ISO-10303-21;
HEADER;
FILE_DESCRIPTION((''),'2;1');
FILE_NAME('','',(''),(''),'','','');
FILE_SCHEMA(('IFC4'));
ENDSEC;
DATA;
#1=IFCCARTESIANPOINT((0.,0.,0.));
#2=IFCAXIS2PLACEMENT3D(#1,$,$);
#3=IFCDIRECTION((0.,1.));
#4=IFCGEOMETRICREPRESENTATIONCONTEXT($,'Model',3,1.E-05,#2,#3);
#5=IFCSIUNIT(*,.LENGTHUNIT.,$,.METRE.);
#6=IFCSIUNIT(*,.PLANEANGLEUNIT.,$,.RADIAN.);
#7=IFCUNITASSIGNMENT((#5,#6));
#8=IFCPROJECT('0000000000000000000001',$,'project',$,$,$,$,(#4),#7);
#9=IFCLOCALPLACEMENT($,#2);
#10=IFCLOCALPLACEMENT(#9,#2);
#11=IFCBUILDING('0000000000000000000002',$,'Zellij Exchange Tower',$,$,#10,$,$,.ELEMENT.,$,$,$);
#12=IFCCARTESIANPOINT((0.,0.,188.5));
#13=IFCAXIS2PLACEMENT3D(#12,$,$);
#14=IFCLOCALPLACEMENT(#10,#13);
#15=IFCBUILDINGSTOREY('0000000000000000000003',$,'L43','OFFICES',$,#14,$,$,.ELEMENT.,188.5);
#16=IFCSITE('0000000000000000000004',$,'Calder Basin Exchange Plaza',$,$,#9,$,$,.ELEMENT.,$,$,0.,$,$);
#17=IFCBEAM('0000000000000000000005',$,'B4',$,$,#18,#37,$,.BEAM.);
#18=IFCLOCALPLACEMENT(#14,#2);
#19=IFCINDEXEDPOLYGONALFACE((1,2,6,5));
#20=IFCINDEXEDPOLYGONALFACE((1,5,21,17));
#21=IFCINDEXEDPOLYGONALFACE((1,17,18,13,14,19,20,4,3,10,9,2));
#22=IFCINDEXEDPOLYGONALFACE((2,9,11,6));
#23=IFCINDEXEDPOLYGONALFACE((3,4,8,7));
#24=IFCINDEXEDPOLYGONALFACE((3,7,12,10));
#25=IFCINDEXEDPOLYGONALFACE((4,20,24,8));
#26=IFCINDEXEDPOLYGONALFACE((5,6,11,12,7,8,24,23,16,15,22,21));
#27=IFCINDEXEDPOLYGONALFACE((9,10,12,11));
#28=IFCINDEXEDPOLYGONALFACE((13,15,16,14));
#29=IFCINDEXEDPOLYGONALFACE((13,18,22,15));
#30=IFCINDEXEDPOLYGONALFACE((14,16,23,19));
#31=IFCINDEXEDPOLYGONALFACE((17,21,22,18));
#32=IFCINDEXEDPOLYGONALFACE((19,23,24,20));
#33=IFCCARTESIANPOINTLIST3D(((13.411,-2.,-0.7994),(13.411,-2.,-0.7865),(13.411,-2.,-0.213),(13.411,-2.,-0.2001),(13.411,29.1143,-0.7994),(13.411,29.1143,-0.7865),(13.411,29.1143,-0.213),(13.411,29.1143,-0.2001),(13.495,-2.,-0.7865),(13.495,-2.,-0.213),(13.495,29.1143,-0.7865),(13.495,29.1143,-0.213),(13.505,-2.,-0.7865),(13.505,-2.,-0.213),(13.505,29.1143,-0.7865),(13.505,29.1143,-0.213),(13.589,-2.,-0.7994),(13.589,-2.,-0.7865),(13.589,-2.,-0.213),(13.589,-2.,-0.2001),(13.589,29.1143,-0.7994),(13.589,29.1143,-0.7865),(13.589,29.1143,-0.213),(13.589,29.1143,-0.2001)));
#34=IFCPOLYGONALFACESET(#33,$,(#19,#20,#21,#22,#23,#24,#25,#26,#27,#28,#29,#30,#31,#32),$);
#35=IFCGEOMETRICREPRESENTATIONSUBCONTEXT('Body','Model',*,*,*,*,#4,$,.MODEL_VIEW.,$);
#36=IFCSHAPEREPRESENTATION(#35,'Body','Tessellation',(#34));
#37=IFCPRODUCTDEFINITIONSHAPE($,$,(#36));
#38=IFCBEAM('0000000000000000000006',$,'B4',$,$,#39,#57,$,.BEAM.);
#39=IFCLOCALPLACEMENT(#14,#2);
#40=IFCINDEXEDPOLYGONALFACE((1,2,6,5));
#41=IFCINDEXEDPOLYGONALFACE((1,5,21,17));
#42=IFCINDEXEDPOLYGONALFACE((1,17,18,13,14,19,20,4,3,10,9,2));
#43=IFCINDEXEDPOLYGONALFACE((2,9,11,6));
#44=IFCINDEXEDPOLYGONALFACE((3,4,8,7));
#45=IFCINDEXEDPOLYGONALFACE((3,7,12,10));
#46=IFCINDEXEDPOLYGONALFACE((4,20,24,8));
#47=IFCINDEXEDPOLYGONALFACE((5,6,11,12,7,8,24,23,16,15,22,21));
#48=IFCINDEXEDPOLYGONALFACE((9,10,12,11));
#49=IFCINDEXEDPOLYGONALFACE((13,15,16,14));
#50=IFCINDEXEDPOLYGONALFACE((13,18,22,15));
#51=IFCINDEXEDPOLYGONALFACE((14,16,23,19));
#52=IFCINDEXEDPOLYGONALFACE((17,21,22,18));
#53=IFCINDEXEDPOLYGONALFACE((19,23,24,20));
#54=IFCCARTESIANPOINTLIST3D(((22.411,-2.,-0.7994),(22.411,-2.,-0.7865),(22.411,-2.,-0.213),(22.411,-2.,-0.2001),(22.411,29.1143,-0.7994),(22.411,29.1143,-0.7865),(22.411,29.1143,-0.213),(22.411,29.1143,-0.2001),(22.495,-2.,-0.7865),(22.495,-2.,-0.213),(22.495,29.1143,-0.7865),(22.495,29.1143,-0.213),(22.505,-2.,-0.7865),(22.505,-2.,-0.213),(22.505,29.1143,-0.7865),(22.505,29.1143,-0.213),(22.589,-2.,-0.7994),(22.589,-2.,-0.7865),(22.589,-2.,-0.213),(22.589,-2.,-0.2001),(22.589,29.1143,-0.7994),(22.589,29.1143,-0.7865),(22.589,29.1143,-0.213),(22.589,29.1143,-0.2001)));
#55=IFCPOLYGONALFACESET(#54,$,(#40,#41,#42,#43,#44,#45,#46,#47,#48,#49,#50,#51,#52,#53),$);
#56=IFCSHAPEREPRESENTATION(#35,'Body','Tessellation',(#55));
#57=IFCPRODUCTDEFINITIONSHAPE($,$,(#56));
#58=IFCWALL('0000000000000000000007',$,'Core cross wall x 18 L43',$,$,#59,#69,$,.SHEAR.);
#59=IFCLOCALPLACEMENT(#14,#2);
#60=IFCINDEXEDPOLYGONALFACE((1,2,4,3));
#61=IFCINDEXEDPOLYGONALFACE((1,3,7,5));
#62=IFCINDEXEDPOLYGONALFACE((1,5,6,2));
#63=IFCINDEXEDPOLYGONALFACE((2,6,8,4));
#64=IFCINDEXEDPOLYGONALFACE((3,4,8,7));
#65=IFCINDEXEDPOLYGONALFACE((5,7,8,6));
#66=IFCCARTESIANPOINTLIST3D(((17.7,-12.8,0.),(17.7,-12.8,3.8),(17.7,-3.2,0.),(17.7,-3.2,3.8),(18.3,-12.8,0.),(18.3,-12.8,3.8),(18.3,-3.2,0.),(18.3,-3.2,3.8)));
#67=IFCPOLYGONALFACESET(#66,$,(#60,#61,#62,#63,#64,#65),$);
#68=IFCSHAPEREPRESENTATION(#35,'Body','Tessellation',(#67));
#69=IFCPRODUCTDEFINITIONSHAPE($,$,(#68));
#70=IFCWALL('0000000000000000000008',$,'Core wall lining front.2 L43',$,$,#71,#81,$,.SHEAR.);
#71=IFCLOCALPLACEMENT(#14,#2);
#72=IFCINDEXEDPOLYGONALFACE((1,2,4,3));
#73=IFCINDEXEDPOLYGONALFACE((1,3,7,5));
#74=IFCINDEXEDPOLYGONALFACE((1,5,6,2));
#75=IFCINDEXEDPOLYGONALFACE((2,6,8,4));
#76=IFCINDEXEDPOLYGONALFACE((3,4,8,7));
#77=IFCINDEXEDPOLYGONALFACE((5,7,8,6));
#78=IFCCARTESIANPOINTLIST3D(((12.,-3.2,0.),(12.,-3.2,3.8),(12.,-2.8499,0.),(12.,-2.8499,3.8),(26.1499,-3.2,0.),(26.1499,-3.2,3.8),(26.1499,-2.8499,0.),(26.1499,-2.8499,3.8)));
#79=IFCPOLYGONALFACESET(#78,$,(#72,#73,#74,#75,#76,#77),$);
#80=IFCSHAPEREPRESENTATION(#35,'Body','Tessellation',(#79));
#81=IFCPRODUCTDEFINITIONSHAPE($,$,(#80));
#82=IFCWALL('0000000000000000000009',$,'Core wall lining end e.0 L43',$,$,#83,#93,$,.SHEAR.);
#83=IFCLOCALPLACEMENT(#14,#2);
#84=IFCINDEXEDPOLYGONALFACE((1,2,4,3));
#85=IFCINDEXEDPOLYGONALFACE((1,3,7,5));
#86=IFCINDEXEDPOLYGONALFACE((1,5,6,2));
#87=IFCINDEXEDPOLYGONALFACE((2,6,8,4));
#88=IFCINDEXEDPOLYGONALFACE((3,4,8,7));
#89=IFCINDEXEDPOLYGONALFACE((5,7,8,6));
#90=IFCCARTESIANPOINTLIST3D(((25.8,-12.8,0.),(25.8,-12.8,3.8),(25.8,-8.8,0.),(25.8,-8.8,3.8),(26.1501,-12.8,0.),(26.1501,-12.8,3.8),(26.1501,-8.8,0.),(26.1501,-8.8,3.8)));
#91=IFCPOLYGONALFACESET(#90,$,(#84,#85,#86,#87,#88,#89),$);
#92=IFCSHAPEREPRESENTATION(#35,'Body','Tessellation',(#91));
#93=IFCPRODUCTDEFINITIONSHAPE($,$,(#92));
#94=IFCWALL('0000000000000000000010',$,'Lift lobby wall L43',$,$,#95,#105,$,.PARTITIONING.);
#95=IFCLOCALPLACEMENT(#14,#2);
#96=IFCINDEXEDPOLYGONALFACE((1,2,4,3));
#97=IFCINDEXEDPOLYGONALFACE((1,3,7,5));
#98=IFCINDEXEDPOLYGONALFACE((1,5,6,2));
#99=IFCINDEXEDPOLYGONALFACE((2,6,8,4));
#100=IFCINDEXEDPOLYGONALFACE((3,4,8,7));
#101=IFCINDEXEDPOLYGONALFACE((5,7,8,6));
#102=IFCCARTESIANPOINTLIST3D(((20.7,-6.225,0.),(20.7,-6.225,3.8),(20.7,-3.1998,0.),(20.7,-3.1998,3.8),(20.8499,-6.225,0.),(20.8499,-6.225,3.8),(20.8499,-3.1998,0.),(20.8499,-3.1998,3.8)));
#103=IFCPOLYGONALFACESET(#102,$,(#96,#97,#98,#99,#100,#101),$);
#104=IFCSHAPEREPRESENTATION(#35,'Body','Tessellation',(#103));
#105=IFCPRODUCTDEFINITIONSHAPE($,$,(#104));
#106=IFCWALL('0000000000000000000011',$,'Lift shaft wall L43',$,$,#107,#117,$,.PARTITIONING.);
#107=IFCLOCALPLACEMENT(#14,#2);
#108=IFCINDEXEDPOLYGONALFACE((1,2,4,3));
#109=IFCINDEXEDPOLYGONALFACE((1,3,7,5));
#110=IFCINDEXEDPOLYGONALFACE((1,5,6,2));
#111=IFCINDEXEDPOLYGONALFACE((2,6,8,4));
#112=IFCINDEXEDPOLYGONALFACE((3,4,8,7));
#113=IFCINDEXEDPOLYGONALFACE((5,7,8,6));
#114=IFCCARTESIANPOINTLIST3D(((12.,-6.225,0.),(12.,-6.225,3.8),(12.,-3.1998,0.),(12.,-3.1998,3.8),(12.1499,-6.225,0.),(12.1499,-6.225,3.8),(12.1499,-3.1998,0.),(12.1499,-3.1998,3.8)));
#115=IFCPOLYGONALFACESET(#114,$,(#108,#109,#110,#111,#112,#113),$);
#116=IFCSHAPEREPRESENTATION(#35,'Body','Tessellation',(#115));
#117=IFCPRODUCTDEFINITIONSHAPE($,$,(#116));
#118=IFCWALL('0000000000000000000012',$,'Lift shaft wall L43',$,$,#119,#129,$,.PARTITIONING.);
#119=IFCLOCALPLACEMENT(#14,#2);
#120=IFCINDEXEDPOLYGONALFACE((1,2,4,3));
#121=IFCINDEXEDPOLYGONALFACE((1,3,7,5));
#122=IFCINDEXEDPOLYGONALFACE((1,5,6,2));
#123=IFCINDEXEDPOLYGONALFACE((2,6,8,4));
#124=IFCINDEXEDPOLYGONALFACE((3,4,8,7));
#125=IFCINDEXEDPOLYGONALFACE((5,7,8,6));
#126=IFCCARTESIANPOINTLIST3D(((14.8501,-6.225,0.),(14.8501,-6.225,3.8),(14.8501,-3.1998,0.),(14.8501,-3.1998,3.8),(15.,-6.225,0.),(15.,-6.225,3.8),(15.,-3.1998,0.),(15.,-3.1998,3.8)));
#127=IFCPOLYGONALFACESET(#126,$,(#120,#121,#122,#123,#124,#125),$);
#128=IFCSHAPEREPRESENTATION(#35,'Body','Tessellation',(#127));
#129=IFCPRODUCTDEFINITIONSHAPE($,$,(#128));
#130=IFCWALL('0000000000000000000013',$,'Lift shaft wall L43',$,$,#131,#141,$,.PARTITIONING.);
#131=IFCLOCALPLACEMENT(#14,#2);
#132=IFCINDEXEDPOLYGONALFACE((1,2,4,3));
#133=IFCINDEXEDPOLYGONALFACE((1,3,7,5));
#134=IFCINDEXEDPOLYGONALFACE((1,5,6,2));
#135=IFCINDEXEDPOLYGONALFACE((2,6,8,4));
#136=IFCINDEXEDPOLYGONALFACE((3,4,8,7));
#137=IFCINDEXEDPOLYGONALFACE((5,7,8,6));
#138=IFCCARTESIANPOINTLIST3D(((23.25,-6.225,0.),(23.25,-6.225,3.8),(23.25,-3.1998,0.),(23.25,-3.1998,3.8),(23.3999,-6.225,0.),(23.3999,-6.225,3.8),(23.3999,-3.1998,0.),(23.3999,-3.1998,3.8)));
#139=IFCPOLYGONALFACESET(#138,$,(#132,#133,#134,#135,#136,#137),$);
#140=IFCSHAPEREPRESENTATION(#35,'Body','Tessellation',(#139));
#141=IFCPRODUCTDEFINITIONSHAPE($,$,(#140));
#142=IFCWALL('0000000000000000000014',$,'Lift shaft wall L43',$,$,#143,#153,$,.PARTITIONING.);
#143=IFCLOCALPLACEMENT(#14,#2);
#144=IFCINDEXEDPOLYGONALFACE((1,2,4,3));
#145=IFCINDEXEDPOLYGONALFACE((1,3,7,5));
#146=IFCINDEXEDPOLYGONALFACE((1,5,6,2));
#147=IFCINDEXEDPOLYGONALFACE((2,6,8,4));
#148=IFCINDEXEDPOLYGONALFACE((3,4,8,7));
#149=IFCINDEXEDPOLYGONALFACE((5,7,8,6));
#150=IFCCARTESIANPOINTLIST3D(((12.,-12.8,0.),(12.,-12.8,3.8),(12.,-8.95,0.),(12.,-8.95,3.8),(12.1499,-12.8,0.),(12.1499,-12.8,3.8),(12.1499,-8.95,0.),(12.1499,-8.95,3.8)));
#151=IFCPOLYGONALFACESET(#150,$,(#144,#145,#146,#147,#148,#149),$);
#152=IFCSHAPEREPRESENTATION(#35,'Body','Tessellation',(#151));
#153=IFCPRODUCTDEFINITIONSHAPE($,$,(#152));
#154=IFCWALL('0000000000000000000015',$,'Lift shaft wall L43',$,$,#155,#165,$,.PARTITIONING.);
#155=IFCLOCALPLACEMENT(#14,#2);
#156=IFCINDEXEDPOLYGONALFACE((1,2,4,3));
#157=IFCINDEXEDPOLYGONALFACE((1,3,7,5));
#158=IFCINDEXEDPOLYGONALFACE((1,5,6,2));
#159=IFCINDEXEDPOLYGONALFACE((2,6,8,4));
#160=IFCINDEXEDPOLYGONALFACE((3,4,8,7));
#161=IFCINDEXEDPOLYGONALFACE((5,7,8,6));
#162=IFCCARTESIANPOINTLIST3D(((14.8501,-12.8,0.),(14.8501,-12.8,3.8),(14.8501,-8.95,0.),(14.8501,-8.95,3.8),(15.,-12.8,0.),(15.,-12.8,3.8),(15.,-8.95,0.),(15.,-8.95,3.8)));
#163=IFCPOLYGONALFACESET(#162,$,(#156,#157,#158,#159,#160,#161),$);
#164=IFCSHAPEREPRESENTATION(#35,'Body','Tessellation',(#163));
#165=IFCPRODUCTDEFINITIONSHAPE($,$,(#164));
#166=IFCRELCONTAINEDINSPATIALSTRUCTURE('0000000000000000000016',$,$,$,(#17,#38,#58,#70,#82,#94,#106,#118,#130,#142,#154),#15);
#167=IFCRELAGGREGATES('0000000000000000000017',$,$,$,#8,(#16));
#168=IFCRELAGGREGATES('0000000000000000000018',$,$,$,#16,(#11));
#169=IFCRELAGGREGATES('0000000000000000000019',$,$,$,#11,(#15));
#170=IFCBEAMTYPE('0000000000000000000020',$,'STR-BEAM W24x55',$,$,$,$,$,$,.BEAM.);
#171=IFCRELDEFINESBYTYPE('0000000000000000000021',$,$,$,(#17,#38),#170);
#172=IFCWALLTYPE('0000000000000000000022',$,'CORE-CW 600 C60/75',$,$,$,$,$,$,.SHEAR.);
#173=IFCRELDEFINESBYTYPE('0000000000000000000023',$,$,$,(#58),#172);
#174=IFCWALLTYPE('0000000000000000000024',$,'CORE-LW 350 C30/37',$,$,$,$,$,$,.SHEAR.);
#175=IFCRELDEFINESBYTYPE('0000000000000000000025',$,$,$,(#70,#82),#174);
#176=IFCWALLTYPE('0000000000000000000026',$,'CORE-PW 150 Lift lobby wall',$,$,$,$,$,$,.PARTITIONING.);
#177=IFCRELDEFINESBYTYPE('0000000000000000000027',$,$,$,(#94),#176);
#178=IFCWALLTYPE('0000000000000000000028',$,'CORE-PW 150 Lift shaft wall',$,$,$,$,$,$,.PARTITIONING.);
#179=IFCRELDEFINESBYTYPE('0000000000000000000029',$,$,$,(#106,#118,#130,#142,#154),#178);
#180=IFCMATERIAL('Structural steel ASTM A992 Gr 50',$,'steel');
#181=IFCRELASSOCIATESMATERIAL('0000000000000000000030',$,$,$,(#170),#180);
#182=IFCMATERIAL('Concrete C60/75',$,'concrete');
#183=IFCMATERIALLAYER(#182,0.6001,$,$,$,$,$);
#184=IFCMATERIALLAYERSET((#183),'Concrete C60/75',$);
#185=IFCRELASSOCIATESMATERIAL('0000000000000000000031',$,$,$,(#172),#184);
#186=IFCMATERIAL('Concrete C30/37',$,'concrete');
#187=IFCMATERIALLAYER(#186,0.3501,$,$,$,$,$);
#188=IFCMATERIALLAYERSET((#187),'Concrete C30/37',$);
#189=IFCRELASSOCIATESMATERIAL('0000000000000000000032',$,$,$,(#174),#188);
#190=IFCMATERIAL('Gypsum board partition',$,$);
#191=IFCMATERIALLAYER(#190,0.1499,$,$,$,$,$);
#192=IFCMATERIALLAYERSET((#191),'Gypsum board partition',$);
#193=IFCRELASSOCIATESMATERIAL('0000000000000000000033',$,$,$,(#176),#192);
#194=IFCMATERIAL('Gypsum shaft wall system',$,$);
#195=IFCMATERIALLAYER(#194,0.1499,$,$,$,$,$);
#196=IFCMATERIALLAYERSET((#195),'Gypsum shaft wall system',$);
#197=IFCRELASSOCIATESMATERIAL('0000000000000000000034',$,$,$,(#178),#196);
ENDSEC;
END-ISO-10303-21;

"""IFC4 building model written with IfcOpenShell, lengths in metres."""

from ifc_helpers import new_model, si_unit, direction, frame, frame_2d, origin, origin_2d, place, context, subcontext, project, spatial, rectangle, i_section, extrude, material, layer, layer_set, material_profile, profile_set, type_object, element, save


model = new_model("IFC4")

# Units and contexts
model_context = context("Model", 3, precision=1e-05, world=origin(), true_north=direction((0.0, 1.0)))
body_context = subcontext(model_context, "Body", "Model", "MODEL_VIEW")
ifc_project = project(units=[si_unit("LENGTHUNIT", "METRE"), si_unit("PLANEANGLEUNIT", "RADIAN")], contexts=[model_context])

# Site, building, storey
site_placement = place(None, origin())
site = spatial("IfcSite", under=ifc_project, at=site_placement, Name="Calder Basin Exchange Plaza", CompositionType="ELEMENT", RefElevation=0.0)
building_placement = place(site_placement, origin())
building = spatial("IfcBuilding", under=site, at=building_placement, Name="Zellij Exchange Tower", CompositionType="ELEMENT")
storey_placement = place(building_placement, frame((0.0, 0.0, 188.5)))
storey = spatial("IfcBuildingStorey", under=building, at=storey_placement, Name="L43", Description="OFFICES", CompositionType="ELEMENT", Elevation=188.5)

# Beams
ifc_material_1 = material(Name="Structural steel ASTM A992 Gr 50", Category="steel")
ifc_material_profile = material_profile(ifc_material_1, i_section(OverallWidth=0.178, OverallDepth=0.5994, WebThickness=0.01, FlangeThickness=0.0129, at=origin_2d()), Name="W24x55")
ifc_profile_set = profile_set([ifc_material_profile], Name="Structural steel ASTM A992 Gr 50")
beam_type = type_object("IfcBeamType", Name="STR-BEAM W24x55", PredefinedType="BEAM", material=ifc_profile_set)
for number, where, z_axis, x_axis, name in (
    (1, (13.5, -2.0, -0.4998), (0.0, 1.0, 0.0), (-1.0, 0.0, 0.0), "B4"),
    (2, (22.5, -2.0, -0.4998), (0.0, 1.0, 0.0), (-1.0, 0.0, 0.0), "B4"),
):
    element("IfcBeam", number, at=place(storey_placement, frame(where, z_axis=z_axis, x_axis=x_axis)), inside=storey, type_object=beam_type, Name=name, PredefinedType="BEAM", context=body_context, shape_type="SweptSolid", body=[
        extrude(i_section(OverallWidth=0.178, OverallDepth=0.5994, WebThickness=0.01, FlangeThickness=0.0129, at=origin_2d()), origin(), (0.0, 0.0, 1.0), 31.1143),
    ])

# Walls
ifc_material_2 = material(Name="Concrete C60/75", Category="concrete")
ifc_layer_1 = layer(ifc_material_2, 0.6001)
ifc_layer_set_1 = layer_set([ifc_layer_1], Name="Concrete C60/75")
wall_type_1 = type_object("IfcWallType", Name="CORE-CW 600 C60/75", PredefinedType="SHEAR", material=ifc_layer_set_1)
wall_1_placement = place(storey_placement, frame((18.0, -12.8, 0.0), z_axis=(0.0, 0.0, 1.0), x_axis=(0.0, 1.0, 0.0)))
element("IfcWall", 3, at=wall_1_placement, inside=storey, type_object=wall_type_1, Name="Core cross wall x 18 L43", PredefinedType="SHEAR", context=body_context, shape_type="SweptSolid", body=[
    extrude(rectangle(XDim=9.6001, YDim=0.6001, at=frame_2d((4.8, 0.0))), origin(), (0.0, 0.0, 1.0), 3.8),
])
ifc_material_3 = material(Name="Concrete C30/37", Category="concrete")
ifc_layer_2 = layer(ifc_material_3, 0.3501)
ifc_layer_set_2 = layer_set([ifc_layer_2], Name="Concrete C30/37")
wall_type_2 = type_object("IfcWallType", Name="CORE-LW 350 C30/37", PredefinedType="SHEAR", material=ifc_layer_set_2)
wall_2_placement = place(storey_placement, frame((12.0, -3.0249, 0.0), z_axis=(0.0, 0.0, 1.0), x_axis=(1.0, 0.0, 0.0)))
element("IfcWall", 4, at=wall_2_placement, inside=storey, type_object=wall_type_2, Name="Core wall lining front.2 L43", PredefinedType="SHEAR", context=body_context, shape_type="SweptSolid", body=[
    extrude(rectangle(XDim=14.1499, YDim=0.3501, at=frame_2d((7.075, 0.0))), origin(), (0.0, 0.0, 1.0), 3.8),
])
wall_3_placement = place(storey_placement, frame((25.9751, -12.8, 0.0), z_axis=(0.0, 0.0, 1.0), x_axis=(0.0, 1.0, 0.0)))
element("IfcWall", 5, at=wall_3_placement, inside=storey, type_object=wall_type_2, Name="Core wall lining end e.0 L43", PredefinedType="SHEAR", context=body_context, shape_type="SweptSolid", body=[
    extrude(rectangle(XDim=4.0, YDim=0.3501, at=frame_2d((2.0, 0.0))), origin(), (0.0, 0.0, 1.0), 3.8),
])
ifc_material_4 = material(Name="Gypsum board partition")
ifc_layer_3 = layer(ifc_material_4, 0.1499)
ifc_layer_set_3 = layer_set([ifc_layer_3], Name="Gypsum board partition")
wall_type_3 = type_object("IfcWallType", Name="CORE-PW 150 Lift lobby wall", PredefinedType="PARTITIONING", material=ifc_layer_set_3)
wall_4_placement = place(storey_placement, frame((20.7749, -6.2251, 0.0), z_axis=(0.0, 0.0, 1.0), x_axis=(0.0, 1.0, 0.0)))
element("IfcWall", 6, at=wall_4_placement, inside=storey, type_object=wall_type_3, Name="Lift lobby wall L43", PredefinedType="PARTITIONING", context=body_context, shape_type="SweptSolid", body=[
    extrude(rectangle(XDim=3.0251, YDim=0.1499, at=frame_2d((1.5127, 0.0))), origin(), (0.0, 0.0, 1.0), 3.8),
])
ifc_material_5 = material(Name="Gypsum shaft wall system")
ifc_layer_4 = layer(ifc_material_5, 0.1499)
ifc_layer_set_4 = layer_set([ifc_layer_4], Name="Gypsum shaft wall system")
wall_type_4 = type_object("IfcWallType", Name="CORE-PW 150 Lift shaft wall", PredefinedType="PARTITIONING", material=ifc_layer_set_4)
for number, where, z_axis, x_axis, name in (
    (7, (12.075, -6.2251, 0.0), (0.0, 0.0, 1.0), (0.0, 1.0, 0.0), "Lift shaft wall L43"),
    (8, (14.925, -6.2251, 0.0), (0.0, 0.0, 1.0), (0.0, 1.0, 0.0), "Lift shaft wall L43"),
    (9, (23.325, -6.2251, 0.0), (0.0, 0.0, 1.0), (0.0, 1.0, 0.0), "Lift shaft wall L43"),
):
    element("IfcWall", number, at=place(storey_placement, frame(where, z_axis=z_axis, x_axis=x_axis)), inside=storey, type_object=wall_type_4, Name=name, PredefinedType="PARTITIONING", context=body_context, shape_type="SweptSolid", body=[
        extrude(rectangle(XDim=3.0251, YDim=0.1499, at=frame_2d((1.5127, 0.0))), origin(), (0.0, 0.0, 1.0), 3.8),
    ])
for number, where, z_axis, x_axis, name in (
    (10, (12.075, -12.8, 0.0), (0.0, 0.0, 1.0), (0.0, 1.0, 0.0), "Lift shaft wall L43"),
    (11, (14.925, -12.8, 0.0), (0.0, 0.0, 1.0), (0.0, 1.0, 0.0), "Lift shaft wall L43"),
):
    element("IfcWall", number, at=place(storey_placement, frame(where, z_axis=z_axis, x_axis=x_axis)), inside=storey, type_object=wall_type_4, Name=name, PredefinedType="PARTITIONING", context=body_context, shape_type="SweptSolid", body=[
        extrude(rectangle(XDim=3.8501, YDim=0.1499, at=frame_2d((1.925, 0.0))), origin(), (0.0, 0.0, 1.0), 3.8),
    ])

save(model, "model.ifc")
